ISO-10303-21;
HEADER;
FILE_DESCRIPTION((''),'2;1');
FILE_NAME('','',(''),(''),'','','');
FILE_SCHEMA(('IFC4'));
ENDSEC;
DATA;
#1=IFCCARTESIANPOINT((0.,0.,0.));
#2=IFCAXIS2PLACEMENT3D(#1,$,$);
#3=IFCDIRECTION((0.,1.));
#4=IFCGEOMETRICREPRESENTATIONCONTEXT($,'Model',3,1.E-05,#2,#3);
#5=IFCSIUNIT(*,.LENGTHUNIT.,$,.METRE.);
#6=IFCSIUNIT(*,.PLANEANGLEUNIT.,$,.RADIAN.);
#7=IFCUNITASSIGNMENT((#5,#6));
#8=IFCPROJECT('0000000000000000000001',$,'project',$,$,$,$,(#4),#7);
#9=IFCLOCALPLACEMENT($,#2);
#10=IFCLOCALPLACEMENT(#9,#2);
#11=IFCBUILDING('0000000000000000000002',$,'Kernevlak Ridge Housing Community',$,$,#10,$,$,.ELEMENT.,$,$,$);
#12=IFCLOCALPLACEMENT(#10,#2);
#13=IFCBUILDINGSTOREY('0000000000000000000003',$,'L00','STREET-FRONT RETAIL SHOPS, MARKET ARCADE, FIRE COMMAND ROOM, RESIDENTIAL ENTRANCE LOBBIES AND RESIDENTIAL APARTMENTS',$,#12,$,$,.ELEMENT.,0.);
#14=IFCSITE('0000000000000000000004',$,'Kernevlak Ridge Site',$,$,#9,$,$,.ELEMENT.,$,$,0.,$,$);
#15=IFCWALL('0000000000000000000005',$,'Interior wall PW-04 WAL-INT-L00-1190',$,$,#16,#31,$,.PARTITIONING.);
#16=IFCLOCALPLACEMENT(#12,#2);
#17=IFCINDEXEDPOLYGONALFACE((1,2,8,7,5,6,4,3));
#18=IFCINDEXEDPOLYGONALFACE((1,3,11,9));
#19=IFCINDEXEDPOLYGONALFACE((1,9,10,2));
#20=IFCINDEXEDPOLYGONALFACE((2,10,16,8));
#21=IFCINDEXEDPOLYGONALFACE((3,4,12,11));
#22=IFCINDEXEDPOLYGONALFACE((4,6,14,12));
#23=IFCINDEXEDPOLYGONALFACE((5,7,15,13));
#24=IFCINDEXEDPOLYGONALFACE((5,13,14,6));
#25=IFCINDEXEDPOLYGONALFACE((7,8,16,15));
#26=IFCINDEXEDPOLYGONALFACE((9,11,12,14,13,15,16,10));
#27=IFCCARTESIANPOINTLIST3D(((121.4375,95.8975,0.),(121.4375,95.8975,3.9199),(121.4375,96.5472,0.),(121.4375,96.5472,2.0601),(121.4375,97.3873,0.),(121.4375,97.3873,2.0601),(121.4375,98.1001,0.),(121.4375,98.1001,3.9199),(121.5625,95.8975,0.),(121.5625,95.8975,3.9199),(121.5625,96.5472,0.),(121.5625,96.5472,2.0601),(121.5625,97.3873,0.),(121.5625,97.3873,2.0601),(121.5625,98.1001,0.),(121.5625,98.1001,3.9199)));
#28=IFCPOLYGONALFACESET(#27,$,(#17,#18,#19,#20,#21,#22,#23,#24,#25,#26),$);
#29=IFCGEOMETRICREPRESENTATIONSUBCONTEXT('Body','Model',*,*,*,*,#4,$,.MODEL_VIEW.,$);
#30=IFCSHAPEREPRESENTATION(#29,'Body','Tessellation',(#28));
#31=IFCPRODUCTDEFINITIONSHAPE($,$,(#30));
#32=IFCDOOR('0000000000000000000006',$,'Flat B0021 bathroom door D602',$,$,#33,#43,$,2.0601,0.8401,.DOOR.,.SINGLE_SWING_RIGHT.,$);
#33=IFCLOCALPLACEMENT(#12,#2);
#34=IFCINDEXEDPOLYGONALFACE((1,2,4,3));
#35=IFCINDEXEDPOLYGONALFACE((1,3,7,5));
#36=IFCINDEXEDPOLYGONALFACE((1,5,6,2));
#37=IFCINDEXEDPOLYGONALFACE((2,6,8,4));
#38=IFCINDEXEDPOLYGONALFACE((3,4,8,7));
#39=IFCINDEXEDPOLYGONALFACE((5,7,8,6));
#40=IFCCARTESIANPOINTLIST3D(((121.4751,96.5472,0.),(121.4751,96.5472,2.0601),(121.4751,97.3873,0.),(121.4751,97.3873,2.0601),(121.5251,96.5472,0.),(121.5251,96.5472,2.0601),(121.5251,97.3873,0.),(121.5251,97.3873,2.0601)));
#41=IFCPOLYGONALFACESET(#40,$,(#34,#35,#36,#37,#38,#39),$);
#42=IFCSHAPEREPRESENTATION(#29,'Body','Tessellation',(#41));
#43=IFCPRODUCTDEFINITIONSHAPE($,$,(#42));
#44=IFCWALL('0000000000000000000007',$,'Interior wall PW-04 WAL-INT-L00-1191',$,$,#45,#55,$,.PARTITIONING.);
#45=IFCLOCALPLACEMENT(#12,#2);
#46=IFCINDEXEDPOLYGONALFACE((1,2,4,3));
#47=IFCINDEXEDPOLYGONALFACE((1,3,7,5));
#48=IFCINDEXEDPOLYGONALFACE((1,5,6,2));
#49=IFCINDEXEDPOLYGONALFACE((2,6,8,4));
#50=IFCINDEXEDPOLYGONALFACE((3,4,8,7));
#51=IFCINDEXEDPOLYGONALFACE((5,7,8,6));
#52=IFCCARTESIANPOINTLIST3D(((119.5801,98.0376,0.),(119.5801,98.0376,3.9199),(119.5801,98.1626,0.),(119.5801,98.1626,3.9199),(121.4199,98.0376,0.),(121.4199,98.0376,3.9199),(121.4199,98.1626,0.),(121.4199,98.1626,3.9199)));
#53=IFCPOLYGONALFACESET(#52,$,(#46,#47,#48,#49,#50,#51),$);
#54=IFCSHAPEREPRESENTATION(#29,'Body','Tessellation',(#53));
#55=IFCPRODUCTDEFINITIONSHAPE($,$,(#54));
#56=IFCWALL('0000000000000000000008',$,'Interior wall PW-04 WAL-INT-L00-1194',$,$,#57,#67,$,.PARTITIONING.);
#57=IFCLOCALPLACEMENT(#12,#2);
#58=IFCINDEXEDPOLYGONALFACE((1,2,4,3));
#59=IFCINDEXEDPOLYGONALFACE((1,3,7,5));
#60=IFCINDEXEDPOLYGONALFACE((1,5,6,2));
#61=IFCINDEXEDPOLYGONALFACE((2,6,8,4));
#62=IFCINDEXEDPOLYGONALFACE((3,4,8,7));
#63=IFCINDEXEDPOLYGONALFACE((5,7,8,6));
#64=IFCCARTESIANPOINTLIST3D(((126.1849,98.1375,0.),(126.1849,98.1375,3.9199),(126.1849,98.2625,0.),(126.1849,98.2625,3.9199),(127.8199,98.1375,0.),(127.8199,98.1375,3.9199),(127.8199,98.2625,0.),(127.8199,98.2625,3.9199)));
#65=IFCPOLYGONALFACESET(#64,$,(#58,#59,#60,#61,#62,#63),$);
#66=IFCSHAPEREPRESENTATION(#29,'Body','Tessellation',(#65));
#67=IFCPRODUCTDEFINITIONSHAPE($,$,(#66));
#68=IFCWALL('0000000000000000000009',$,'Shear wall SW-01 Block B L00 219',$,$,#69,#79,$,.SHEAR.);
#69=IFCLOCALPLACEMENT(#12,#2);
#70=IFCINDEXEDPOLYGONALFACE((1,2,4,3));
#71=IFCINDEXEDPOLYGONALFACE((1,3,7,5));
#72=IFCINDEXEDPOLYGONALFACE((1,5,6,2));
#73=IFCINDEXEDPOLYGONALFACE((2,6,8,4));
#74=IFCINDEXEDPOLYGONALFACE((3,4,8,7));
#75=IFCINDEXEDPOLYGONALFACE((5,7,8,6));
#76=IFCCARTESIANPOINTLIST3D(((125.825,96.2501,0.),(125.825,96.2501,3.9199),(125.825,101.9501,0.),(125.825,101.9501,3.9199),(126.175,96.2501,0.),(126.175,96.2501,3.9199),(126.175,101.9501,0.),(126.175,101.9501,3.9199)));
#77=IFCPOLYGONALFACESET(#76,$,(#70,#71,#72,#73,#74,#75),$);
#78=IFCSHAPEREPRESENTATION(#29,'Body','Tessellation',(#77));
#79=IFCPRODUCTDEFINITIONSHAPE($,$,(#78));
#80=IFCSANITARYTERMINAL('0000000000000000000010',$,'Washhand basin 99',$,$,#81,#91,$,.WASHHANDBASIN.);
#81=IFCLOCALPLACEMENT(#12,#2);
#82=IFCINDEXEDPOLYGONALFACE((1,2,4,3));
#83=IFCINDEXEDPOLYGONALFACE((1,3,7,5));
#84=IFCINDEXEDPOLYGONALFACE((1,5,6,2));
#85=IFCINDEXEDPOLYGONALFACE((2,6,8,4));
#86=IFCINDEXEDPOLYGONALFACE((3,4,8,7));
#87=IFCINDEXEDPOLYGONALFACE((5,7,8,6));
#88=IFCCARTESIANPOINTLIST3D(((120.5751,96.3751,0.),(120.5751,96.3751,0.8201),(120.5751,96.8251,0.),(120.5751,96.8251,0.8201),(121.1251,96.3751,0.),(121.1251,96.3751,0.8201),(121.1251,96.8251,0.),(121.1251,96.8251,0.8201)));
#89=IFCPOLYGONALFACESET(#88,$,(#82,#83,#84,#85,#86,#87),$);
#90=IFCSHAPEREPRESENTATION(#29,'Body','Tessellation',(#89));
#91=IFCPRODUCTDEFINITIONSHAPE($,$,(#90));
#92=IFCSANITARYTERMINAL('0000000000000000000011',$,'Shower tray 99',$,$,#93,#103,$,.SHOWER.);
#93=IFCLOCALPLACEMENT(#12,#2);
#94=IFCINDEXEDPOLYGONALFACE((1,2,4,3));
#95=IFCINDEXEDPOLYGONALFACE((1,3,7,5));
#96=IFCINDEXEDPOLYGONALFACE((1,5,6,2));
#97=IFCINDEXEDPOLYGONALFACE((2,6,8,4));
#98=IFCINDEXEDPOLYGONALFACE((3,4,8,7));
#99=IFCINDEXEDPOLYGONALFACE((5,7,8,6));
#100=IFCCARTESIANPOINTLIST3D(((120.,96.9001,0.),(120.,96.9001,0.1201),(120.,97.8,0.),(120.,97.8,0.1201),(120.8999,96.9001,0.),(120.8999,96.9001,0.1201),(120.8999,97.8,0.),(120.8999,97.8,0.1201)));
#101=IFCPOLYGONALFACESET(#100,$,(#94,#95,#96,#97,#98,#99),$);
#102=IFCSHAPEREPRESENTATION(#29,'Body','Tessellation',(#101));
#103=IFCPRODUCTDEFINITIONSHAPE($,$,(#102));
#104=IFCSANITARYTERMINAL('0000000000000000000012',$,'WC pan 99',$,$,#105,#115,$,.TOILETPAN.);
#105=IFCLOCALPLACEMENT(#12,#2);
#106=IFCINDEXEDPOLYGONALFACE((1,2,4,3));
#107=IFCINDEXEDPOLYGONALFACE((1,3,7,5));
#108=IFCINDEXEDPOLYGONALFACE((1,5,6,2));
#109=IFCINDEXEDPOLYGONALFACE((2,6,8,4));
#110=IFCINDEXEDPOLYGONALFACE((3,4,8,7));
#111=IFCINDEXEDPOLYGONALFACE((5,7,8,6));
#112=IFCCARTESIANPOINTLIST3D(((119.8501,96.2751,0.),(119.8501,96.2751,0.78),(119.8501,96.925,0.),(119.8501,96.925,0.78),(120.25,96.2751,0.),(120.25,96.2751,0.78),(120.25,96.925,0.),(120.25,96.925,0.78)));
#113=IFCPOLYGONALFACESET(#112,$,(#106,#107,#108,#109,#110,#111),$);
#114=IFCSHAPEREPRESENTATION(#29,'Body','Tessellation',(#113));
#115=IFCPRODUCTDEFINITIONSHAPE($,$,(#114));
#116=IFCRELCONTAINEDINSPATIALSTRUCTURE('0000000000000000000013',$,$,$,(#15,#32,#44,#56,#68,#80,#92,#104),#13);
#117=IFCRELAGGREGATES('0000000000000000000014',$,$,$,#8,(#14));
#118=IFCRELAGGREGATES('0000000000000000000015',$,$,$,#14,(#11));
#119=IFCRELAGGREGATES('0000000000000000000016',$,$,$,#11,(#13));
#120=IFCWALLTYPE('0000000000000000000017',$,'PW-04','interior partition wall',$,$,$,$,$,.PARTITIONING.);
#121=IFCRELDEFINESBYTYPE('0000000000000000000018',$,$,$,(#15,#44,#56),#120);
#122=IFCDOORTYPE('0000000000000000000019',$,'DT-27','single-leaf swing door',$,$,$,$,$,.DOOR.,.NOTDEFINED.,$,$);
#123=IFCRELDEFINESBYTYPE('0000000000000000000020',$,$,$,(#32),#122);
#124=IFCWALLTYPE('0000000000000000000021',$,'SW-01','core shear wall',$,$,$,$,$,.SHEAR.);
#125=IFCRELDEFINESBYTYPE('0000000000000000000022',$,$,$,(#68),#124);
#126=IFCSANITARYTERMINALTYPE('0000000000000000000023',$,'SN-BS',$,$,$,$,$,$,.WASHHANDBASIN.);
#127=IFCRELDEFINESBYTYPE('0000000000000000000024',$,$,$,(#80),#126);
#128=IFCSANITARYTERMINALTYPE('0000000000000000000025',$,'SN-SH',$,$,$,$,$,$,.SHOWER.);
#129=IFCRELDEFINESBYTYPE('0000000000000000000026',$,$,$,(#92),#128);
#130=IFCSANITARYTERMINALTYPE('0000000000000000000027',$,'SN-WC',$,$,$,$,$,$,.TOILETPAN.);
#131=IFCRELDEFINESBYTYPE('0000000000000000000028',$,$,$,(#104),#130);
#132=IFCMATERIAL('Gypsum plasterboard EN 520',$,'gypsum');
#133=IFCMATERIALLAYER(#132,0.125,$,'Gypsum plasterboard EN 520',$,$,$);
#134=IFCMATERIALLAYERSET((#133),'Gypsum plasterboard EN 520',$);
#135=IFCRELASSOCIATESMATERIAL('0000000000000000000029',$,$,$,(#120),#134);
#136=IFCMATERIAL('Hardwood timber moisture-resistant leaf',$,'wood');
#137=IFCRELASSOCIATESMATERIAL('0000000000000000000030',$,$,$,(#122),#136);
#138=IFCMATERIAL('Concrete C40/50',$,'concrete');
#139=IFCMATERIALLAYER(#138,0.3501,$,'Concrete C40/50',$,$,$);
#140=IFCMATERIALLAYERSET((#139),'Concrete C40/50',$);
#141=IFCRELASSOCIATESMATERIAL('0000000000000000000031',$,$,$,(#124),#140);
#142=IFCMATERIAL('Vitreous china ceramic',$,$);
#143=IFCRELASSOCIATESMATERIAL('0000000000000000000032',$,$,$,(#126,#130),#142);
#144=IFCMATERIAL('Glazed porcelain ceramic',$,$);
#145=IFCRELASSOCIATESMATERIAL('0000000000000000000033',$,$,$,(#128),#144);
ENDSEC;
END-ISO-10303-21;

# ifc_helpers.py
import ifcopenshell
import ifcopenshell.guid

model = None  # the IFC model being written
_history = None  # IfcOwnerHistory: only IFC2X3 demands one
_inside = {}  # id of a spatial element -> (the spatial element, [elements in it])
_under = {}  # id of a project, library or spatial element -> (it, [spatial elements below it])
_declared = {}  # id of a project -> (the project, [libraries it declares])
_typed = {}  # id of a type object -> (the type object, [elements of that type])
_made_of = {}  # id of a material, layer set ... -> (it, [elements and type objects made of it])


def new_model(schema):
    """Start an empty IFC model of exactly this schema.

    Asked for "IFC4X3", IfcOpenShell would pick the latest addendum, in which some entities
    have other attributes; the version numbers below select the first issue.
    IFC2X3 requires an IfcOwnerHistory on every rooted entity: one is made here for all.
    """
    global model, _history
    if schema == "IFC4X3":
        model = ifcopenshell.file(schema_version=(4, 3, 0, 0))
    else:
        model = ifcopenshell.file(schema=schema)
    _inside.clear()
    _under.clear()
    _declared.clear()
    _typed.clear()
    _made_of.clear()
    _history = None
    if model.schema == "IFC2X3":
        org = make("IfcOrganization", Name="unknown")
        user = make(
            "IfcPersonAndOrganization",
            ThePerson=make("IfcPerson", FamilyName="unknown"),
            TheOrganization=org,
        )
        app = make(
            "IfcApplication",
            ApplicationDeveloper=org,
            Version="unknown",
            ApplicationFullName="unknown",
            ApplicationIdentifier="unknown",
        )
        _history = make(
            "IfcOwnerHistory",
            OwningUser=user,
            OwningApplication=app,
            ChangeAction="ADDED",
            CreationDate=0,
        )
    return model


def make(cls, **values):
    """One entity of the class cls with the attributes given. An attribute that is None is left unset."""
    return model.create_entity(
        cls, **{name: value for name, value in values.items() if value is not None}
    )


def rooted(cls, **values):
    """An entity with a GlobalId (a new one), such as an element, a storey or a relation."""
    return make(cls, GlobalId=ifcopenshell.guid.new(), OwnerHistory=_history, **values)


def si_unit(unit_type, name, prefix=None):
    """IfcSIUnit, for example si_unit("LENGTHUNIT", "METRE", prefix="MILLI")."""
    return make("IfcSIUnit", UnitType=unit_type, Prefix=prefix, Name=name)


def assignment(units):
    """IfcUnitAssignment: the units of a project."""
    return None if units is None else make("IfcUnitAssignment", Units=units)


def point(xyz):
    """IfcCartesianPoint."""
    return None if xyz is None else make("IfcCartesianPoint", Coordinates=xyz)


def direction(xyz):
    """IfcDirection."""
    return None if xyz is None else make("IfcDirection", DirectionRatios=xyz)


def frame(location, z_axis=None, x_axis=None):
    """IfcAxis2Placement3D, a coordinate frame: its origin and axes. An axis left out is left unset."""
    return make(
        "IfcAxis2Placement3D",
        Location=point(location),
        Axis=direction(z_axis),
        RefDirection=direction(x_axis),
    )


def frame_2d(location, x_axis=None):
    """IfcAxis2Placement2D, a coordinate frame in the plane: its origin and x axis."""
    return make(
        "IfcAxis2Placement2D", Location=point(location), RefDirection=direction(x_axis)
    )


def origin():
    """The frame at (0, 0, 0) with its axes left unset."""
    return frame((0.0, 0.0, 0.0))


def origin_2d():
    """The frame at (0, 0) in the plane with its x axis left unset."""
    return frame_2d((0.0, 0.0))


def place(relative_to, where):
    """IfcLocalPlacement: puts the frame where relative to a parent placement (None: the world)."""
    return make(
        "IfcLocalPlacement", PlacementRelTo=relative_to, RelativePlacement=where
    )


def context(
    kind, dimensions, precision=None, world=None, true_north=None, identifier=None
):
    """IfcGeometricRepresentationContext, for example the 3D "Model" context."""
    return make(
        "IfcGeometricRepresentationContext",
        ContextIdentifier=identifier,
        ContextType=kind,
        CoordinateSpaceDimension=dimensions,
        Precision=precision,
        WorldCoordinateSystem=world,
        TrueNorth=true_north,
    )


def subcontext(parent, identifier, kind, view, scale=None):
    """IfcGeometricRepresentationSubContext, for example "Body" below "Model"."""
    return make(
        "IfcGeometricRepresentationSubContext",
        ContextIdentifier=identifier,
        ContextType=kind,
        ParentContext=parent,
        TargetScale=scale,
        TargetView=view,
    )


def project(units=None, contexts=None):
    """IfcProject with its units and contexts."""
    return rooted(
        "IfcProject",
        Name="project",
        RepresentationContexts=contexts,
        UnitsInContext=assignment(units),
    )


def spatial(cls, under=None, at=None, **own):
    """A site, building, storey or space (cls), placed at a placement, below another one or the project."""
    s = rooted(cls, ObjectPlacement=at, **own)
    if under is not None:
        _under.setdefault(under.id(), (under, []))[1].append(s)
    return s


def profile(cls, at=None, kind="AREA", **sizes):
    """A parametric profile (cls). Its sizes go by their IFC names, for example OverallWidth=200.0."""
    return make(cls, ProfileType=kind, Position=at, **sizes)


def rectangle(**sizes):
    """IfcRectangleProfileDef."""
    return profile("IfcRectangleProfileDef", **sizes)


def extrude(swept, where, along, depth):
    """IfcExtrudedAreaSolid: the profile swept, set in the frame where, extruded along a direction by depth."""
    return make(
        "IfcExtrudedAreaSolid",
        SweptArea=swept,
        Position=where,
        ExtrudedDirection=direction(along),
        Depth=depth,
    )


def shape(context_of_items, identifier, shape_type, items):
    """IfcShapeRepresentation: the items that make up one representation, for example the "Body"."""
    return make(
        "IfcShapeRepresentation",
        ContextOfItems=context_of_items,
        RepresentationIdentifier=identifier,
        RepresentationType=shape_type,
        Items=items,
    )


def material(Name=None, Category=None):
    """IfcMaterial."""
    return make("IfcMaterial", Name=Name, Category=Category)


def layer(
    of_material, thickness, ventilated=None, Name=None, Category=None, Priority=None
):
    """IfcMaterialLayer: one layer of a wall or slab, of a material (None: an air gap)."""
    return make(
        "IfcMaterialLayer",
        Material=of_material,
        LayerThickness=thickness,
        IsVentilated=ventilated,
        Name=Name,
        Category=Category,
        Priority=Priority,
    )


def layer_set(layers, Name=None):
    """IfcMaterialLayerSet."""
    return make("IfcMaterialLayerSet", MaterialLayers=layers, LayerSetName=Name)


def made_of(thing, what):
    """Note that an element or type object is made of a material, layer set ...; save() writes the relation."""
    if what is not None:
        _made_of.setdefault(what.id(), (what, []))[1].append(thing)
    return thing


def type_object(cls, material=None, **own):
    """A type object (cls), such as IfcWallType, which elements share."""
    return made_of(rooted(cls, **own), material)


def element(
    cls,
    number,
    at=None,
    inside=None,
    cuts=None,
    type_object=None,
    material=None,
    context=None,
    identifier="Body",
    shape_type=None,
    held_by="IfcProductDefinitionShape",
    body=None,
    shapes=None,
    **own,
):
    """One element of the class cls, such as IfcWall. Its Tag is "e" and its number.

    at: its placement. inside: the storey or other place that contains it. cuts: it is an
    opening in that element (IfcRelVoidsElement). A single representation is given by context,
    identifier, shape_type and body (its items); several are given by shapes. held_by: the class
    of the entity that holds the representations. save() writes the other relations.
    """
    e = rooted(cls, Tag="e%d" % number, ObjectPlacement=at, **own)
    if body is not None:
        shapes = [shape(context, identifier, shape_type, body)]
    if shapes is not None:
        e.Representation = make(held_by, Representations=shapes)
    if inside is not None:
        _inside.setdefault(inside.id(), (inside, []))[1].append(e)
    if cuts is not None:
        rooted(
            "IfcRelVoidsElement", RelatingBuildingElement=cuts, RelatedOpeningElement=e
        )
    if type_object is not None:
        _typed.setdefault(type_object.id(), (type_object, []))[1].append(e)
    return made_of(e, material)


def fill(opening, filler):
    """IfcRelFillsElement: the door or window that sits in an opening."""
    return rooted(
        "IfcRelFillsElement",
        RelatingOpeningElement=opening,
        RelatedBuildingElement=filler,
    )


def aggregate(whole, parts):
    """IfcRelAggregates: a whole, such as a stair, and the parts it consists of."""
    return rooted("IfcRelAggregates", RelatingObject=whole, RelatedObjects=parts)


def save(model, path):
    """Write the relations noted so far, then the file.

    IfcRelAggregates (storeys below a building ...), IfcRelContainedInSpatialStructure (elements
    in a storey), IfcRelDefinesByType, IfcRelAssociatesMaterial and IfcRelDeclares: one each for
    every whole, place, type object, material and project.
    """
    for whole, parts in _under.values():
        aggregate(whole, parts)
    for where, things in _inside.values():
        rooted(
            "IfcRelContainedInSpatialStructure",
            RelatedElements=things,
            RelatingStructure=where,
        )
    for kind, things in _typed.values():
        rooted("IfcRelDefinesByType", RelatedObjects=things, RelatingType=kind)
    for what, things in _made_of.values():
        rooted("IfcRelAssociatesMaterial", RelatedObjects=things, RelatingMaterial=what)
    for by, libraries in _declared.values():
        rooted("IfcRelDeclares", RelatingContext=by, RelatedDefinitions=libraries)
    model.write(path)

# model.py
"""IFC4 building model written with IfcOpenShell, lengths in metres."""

from ifc_helpers import new_model, si_unit, direction, frame, frame_2d, origin, origin_2d, place, context, subcontext, project, spatial, rectangle, extrude, material, layer, layer_set, type_object, element, fill, save


model = new_model("IFC4")

# Units and contexts
model_context = context("Model", 3, precision=1e-05, world=origin(), true_north=direction((0.0, 1.0)))
body_context = subcontext(model_context, "Body", "Model", "MODEL_VIEW")
ifc_project = project(units=[si_unit("LENGTHUNIT", "METRE"), si_unit("PLANEANGLEUNIT", "RADIAN")], contexts=[model_context])

# Site, building, storey
site_placement = place(None, origin())
site = spatial("IfcSite", under=ifc_project, at=site_placement, Name="Kernevlak Ridge Site", CompositionType="ELEMENT", RefElevation=0.0)
building_placement = place(site_placement, origin())
building = spatial("IfcBuilding", under=site, at=building_placement, Name="Kernevlak Ridge Housing Community", CompositionType="ELEMENT")
storey_placement = place(building_placement, origin())
storey = spatial("IfcBuildingStorey", under=building, at=storey_placement, Name="L00", Description="STREET-FRONT RETAIL SHOPS, MARKET ARCADE, FIRE COMMAND ROOM, RESIDENTIAL ENTRANCE LOBBIES AND RESIDENTIAL APARTMENTS", CompositionType="ELEMENT", Elevation=0.0)

# Shared definitions
ifc_material_1 = material(Name="Concrete C40/50", Category="concrete")

# Wall, opening, door
ifc_material_2 = material(Name="Gypsum plasterboard EN 520", Category="gypsum")
ifc_layer_1 = layer(ifc_material_2, 0.125, Name="Gypsum plasterboard EN 520")
ifc_layer_set_1 = layer_set([ifc_layer_1], Name="Gypsum plasterboard EN 520")
wall_type_1 = type_object("IfcWallType", Name="PW-04", Description="interior partition wall", PredefinedType="PARTITIONING", material=ifc_layer_set_1)
wall_1_placement = place(storey_placement, frame((121.5, 95.8975, 0.0), z_axis=(0.0, 0.0, 1.0), x_axis=(0.0, 1.0, 0.0)))
wall_1 = element("IfcWall", 1, at=wall_1_placement, inside=storey, type_object=wall_type_1, Name="Interior wall PW-04 WAL-INT-L00-1190", PredefinedType="PARTITIONING", context=body_context, shape_type="SweptSolid", body=[
    extrude(rectangle(XDim=2.2026, YDim=0.125, at=frame_2d((1.1013, 0.0))), origin(), (0.0, 0.0, 1.0), 3.9199),
])
opening_1_placement = place(wall_1_placement, frame((0.6499, 0.0, 0.0)))
opening_1 = element("IfcOpeningElement", 2, at=opening_1_placement, cuts=wall_1, PredefinedType="OPENING", context=body_context, shape_type="SweptSolid", body=[
    extrude(rectangle(XDim=0.8401, YDim=2.0601, at=frame_2d((0.4199, 1.03))), frame((0.0, 0.0725, 0.0), z_axis=(0.0, -1.0, 0.0), x_axis=(1.0, 0.0, 0.0)), (0.0, 0.0, 1.0), 0.145),
])
ifc_material_3 = material(Name="Hardwood timber moisture-resistant leaf", Category="wood")
door_type_1 = type_object("IfcDoorType", Name="DT-27", Description="single-leaf swing door", OperationType="NOTDEFINED", PredefinedType="DOOR", material=ifc_material_3)
door_1_placement = place(opening_1_placement, origin())
door_1 = element("IfcDoor", 3, at=door_1_placement, inside=storey, type_object=door_type_1, Name="Flat B0021 bathroom door D602", OperationType="SINGLE_SWING_RIGHT", OverallHeight=2.0601, OverallWidth=0.8401, PredefinedType="DOOR", context=body_context, shape_type="SweptSolid", body=[
    extrude(rectangle(XDim=0.8401, YDim=2.0601, at=frame_2d((0.4199, 1.03))), frame((0.0, 0.0249, 0.0), z_axis=(0.0, -1.0, 0.0), x_axis=(1.0, 0.0, 0.0)), (0.0, 0.0, 1.0), 0.05),
])
fill(opening_1, door_1)

# Walls
wall_2_placement = place(storey_placement, frame((119.5801, 98.1001, 0.0), z_axis=(0.0, 0.0, 1.0), x_axis=(1.0, 0.0, 0.0)))
element("IfcWall", 4, at=wall_2_placement, inside=storey, type_object=wall_type_1, Name="Interior wall PW-04 WAL-INT-L00-1191", PredefinedType="PARTITIONING", context=body_context, shape_type="SweptSolid", body=[
    extrude(rectangle(XDim=1.8398, YDim=0.125, at=frame_2d((0.9199, 0.0))), origin(), (0.0, 0.0, 1.0), 3.9199),
])
wall_3_placement = place(storey_placement, frame((126.1851, 98.2, 0.0), z_axis=(0.0, 0.0, 1.0), x_axis=(1.0, 0.0, 0.0)))
element("IfcWall", 5, at=wall_3_placement, inside=storey, type_object=wall_type_1, Name="Interior wall PW-04 WAL-INT-L00-1194", PredefinedType="PARTITIONING", context=body_context, shape_type="SweptSolid", body=[
    extrude(rectangle(XDim=1.635, YDim=0.125, at=frame_2d((0.8174, 0.0))), origin(), (0.0, 0.0, 1.0), 3.9199),
])
ifc_layer_2 = layer(ifc_material_1, 0.3501, Name="Concrete C40/50")
ifc_layer_set_2 = layer_set([ifc_layer_2], Name="Concrete C40/50")
wall_type_2 = type_object("IfcWallType", Name="SW-01", Description="core shear wall", PredefinedType="SHEAR", material=ifc_layer_set_2)
wall_4_placement = place(storey_placement, frame((126.0, 96.25, 0.0), z_axis=(0.0, 0.0, 1.0), x_axis=(0.0, 1.0, 0.0)))
element("IfcWall", 6, at=wall_4_placement, inside=storey, type_object=wall_type_2, Name="Shear wall SW-01 Block B L00 219", PredefinedType="SHEAR", context=body_context, shape_type="SweptSolid", body=[
    extrude(rectangle(XDim=5.7, YDim=0.3501, at=frame_2d((2.8501, 0.0))), origin(), (0.0, 0.0, 1.0), 3.9199),
])

# Sanitary terminals
ifc_material_4 = material(Name="Vitreous china ceramic")
sanitary_terminal_type_1 = type_object("IfcSanitaryTerminalType", Name="SN-BS", PredefinedType="WASHHANDBASIN", material=ifc_material_4)
sanitary_terminal_1_placement = place(storey_placement, frame((120.8501, 96.6001, 0.0), z_axis=(0.0, 0.0, 1.0), x_axis=(1.0, 0.0, 0.0)))
element("IfcSanitaryTerminal", 7, at=sanitary_terminal_1_placement, inside=storey, type_object=sanitary_terminal_type_1, Name="Washhand basin 99", PredefinedType="WASHHANDBASIN", context=body_context, shape_type="SweptSolid", body=[
    extrude(rectangle(XDim=0.55, YDim=0.45, at=origin_2d()), origin(), (0.0, 0.0, 1.0), 0.8201),
])
ifc_material_5 = material(Name="Glazed porcelain ceramic")
sanitary_terminal_type_2 = type_object("IfcSanitaryTerminalType", Name="SN-SH", PredefinedType="SHOWER", material=ifc_material_5)
sanitary_terminal_2_placement = place(storey_placement, frame((120.45, 97.3501, 0.0), z_axis=(0.0, 0.0, 1.0), x_axis=(1.0, 0.0, 0.0)))
element("IfcSanitaryTerminal", 8, at=sanitary_terminal_2_placement, inside=storey, type_object=sanitary_terminal_type_2, Name="Shower tray 99", PredefinedType="SHOWER", context=body_context, shape_type="SweptSolid", body=[
    extrude(rectangle(XDim=0.8999, YDim=0.8999, at=origin_2d()), origin(), (0.0, 0.0, 1.0), 0.1201),
])
sanitary_terminal_type_3 = type_object("IfcSanitaryTerminalType", Name="SN-WC", PredefinedType="TOILETPAN", material=ifc_material_4)
sanitary_terminal_3_placement = place(storey_placement, frame((120.05, 96.6001, 0.0), z_axis=(0.0, 0.0, 1.0), x_axis=(1.0, 0.0, 0.0)))
element("IfcSanitaryTerminal", 9, at=sanitary_terminal_3_placement, inside=storey, type_object=sanitary_terminal_type_3, Name="WC pan 99", PredefinedType="TOILETPAN", context=body_context, shape_type="SweptSolid", body=[
    extrude(rectangle(XDim=0.3999, YDim=0.6499, at=origin_2d()), origin(), (0.0, 0.0, 1.0), 0.78),
])

save(model, "model.ifc")
